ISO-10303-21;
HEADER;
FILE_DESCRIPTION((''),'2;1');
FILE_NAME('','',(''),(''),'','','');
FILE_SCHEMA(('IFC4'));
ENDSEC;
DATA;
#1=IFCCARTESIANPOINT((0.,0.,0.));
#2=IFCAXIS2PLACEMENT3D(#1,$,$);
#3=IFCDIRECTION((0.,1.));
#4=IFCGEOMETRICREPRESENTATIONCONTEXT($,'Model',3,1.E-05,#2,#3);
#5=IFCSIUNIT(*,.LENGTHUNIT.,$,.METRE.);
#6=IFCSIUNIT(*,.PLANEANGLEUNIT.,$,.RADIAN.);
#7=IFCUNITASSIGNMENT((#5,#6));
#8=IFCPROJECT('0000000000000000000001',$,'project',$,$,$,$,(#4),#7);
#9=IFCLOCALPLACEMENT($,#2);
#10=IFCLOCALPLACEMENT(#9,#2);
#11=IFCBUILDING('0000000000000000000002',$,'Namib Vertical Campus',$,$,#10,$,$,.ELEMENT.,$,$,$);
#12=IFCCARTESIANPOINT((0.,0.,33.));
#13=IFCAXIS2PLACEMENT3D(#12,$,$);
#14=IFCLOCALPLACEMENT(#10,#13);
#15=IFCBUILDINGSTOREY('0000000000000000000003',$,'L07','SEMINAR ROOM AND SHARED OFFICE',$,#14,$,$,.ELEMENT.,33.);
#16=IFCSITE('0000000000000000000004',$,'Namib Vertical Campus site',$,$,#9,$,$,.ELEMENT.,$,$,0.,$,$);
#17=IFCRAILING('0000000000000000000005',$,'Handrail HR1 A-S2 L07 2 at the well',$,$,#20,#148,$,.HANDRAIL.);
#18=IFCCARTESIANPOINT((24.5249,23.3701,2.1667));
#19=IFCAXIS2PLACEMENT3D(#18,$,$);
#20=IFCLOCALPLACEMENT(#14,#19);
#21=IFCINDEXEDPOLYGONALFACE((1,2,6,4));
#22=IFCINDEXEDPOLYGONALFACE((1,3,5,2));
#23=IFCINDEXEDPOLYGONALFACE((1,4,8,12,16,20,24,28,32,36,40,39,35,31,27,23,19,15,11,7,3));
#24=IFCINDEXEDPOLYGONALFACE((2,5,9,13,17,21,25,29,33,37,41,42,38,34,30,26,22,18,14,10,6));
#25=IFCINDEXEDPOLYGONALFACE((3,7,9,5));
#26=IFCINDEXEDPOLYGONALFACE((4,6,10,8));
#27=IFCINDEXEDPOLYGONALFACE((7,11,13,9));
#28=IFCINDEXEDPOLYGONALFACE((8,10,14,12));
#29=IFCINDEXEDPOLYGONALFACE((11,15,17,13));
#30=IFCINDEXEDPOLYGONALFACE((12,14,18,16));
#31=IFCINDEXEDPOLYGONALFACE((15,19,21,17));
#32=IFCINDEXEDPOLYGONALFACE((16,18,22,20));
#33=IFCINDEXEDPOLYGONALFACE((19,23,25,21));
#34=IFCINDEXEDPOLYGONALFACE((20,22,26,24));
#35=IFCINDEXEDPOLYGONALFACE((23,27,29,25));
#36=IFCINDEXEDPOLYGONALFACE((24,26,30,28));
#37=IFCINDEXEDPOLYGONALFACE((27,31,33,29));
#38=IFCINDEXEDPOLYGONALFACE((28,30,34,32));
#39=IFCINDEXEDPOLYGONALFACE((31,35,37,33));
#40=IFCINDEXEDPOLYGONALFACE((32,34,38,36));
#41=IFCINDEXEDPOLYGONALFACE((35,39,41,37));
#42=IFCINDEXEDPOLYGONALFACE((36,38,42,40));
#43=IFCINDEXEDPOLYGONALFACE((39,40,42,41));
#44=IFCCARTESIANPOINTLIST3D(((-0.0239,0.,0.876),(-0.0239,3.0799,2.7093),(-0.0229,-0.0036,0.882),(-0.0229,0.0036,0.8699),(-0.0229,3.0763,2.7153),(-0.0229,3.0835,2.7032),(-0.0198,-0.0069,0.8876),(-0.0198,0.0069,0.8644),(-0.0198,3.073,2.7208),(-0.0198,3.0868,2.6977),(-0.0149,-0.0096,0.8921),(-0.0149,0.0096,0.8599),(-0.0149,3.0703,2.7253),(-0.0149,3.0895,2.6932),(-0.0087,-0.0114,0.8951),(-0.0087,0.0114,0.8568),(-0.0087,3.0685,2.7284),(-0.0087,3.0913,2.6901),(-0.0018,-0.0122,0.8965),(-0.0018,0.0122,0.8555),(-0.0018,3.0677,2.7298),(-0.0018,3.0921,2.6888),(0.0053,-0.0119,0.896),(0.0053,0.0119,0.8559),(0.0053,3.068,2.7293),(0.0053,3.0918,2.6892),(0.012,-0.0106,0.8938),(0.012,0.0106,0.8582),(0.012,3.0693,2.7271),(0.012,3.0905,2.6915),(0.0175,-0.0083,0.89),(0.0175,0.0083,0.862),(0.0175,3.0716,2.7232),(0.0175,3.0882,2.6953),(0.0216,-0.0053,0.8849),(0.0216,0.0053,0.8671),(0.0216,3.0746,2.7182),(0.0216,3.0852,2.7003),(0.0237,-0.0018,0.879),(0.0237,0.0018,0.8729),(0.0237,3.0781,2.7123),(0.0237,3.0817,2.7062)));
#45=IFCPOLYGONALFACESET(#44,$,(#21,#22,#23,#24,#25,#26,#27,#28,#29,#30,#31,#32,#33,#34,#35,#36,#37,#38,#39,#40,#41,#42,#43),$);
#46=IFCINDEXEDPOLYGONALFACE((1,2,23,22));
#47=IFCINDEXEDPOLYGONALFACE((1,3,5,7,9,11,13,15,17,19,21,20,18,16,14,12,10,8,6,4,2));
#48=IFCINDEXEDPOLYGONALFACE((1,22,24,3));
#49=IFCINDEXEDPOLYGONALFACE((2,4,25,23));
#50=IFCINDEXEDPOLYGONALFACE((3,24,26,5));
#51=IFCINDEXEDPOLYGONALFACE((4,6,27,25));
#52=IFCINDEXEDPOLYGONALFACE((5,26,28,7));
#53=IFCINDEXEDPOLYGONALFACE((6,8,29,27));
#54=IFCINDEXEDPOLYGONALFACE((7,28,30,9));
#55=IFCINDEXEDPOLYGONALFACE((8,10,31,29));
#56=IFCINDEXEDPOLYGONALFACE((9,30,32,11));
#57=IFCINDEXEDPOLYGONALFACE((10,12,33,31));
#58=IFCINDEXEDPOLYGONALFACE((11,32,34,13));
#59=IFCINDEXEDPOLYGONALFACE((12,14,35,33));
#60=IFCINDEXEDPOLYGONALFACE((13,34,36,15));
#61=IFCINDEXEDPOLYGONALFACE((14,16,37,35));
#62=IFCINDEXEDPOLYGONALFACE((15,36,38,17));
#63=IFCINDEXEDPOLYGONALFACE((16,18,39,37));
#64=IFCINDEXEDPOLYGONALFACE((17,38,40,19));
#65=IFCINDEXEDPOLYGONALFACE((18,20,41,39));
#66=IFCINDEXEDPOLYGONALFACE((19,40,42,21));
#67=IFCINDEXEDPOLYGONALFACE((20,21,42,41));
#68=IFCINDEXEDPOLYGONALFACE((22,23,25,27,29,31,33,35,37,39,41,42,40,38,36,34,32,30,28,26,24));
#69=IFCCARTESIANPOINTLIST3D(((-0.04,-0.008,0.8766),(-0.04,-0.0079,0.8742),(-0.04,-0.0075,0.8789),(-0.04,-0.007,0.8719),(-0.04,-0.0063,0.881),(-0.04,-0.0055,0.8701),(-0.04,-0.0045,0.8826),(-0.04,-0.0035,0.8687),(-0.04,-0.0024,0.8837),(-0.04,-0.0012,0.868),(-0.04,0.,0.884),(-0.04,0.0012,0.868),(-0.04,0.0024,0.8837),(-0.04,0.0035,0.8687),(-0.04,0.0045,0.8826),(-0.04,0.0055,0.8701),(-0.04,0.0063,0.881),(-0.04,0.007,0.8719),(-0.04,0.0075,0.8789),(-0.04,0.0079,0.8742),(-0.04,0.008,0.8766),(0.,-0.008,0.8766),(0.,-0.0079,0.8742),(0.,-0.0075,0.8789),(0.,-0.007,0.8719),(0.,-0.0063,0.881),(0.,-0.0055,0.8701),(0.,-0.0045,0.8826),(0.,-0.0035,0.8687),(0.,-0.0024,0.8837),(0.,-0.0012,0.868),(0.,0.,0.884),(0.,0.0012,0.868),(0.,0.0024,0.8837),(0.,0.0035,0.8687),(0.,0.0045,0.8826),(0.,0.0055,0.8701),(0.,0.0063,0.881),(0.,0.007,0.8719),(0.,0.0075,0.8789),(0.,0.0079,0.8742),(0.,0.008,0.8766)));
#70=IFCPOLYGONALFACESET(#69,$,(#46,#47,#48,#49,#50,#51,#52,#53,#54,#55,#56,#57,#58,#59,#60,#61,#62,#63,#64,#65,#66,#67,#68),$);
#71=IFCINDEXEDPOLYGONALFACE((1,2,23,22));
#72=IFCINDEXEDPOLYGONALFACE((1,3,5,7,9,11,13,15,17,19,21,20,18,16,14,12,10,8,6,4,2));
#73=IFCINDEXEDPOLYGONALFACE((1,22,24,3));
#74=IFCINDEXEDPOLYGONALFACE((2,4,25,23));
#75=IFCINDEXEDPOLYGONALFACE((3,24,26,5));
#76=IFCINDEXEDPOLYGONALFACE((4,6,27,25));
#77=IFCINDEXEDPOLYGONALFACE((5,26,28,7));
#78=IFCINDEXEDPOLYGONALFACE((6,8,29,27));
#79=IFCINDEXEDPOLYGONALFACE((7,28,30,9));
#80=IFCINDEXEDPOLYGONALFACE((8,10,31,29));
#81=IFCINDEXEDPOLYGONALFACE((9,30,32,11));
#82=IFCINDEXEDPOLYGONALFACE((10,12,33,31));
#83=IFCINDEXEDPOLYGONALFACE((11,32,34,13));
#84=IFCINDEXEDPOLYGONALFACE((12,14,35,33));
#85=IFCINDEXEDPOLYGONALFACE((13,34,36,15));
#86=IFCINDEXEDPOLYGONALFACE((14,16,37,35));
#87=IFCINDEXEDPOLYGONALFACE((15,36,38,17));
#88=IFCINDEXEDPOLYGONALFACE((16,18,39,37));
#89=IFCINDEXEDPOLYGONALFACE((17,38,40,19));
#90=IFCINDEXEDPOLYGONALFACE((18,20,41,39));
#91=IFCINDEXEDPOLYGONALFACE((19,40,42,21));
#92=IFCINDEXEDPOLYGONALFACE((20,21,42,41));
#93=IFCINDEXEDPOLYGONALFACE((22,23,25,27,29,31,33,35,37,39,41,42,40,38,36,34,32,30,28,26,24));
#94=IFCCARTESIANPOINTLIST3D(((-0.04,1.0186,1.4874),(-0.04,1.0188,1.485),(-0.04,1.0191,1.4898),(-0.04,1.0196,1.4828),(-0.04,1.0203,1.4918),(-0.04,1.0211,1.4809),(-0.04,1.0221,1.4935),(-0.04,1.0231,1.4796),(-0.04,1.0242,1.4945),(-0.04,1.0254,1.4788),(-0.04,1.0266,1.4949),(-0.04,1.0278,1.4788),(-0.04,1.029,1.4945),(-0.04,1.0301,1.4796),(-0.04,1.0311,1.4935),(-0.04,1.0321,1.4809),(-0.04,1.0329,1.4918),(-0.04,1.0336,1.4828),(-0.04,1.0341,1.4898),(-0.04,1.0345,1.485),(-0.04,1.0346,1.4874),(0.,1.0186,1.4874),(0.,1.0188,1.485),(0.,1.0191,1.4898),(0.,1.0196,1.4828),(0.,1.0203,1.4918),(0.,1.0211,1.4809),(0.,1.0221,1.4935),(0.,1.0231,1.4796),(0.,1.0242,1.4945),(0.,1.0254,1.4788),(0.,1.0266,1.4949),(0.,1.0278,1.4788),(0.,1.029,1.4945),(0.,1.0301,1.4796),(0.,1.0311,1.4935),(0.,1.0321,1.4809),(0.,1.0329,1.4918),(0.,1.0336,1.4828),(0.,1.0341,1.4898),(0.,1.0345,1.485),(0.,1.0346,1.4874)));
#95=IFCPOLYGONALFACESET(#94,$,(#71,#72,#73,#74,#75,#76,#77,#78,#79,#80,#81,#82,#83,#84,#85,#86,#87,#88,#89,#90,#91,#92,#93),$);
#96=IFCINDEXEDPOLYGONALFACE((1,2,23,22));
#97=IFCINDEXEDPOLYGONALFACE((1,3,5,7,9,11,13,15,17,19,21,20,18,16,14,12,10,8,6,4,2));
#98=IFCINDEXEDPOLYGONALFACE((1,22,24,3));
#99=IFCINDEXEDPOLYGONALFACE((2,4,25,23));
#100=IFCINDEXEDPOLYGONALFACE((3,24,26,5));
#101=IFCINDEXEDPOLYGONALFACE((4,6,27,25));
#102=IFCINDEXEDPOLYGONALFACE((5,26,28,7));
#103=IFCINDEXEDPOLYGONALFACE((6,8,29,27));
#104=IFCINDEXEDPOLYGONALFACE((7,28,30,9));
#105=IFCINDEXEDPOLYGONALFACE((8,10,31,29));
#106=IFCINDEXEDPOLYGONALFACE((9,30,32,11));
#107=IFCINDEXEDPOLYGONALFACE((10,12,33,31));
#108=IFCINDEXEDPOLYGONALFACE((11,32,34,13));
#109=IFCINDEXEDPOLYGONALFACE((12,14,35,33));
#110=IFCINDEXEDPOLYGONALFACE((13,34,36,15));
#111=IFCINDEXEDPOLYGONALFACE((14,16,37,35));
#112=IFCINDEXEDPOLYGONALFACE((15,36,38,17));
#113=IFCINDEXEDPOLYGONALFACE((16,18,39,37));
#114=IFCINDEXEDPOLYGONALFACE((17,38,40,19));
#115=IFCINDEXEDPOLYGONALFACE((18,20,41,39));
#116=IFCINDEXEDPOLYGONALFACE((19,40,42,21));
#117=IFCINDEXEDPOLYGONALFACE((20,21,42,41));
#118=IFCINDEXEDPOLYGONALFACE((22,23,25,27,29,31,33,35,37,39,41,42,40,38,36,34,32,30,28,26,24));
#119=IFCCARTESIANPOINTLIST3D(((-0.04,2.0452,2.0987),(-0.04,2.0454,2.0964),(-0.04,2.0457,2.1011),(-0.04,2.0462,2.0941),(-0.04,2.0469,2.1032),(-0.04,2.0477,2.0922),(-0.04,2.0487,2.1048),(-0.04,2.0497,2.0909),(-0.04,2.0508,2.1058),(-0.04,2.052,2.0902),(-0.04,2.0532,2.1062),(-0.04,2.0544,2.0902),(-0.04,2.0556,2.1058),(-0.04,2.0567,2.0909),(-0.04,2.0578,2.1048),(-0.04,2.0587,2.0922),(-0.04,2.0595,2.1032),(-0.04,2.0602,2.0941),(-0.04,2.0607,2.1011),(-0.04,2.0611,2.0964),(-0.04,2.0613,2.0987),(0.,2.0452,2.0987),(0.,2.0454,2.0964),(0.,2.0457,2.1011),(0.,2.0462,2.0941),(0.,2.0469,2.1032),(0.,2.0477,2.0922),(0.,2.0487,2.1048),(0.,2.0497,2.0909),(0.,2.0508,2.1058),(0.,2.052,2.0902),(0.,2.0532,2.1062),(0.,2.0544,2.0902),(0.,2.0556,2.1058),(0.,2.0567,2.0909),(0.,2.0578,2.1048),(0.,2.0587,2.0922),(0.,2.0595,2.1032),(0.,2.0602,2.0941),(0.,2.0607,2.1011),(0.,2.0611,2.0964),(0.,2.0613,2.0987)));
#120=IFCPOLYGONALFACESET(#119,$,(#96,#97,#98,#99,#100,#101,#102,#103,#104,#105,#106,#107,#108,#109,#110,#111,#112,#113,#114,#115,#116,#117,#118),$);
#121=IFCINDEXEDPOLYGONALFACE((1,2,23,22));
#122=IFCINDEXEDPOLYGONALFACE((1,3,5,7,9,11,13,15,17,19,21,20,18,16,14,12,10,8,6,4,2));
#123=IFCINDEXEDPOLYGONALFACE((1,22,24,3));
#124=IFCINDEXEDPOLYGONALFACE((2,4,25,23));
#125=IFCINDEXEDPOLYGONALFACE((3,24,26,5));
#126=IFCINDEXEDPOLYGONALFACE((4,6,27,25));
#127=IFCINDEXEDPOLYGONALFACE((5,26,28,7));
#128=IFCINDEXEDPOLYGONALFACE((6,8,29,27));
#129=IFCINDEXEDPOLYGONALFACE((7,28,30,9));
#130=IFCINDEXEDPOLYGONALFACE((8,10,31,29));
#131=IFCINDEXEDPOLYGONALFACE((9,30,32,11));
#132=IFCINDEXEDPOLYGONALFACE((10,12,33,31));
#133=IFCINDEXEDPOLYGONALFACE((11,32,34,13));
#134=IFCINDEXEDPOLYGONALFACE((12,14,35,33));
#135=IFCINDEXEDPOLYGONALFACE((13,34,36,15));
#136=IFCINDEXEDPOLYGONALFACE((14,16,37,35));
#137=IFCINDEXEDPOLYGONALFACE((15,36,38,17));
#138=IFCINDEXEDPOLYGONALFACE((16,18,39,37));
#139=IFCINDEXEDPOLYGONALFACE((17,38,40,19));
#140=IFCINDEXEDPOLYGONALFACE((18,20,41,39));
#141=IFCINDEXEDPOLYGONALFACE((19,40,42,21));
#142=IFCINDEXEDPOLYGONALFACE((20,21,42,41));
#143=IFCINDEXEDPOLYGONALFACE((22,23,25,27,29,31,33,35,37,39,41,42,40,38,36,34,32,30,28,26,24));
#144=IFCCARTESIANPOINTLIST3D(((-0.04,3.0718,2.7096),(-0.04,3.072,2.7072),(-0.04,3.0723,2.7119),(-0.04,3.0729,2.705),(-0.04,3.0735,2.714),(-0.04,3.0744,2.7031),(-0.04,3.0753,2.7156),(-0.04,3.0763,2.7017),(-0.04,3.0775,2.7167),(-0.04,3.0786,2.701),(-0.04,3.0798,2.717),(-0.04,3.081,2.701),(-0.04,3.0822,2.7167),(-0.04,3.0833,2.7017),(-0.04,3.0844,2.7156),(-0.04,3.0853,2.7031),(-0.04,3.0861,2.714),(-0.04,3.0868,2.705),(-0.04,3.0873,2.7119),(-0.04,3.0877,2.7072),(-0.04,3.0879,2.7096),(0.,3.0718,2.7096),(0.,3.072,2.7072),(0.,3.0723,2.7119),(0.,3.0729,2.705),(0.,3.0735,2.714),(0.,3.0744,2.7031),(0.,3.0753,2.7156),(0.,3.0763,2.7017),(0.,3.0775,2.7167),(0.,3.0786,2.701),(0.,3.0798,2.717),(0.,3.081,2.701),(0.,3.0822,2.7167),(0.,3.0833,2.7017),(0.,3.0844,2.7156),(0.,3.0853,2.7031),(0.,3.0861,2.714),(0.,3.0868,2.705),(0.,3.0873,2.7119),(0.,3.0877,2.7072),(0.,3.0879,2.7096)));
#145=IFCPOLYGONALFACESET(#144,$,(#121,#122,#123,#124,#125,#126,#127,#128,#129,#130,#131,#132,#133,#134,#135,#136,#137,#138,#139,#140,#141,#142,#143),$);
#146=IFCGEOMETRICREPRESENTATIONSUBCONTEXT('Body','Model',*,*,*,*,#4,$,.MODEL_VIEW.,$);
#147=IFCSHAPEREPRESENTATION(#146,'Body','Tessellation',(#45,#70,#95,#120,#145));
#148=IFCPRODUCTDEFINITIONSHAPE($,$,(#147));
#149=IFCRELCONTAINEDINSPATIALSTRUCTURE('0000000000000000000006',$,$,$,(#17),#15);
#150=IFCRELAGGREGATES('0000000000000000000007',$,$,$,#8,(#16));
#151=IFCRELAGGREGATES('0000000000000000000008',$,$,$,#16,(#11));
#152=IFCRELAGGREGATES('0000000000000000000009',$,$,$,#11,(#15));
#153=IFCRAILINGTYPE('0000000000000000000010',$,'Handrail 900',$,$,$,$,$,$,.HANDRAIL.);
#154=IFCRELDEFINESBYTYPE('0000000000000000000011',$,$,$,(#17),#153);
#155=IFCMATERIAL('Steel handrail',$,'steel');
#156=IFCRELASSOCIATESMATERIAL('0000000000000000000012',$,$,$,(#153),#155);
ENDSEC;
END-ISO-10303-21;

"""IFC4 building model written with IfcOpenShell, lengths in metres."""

from ifc_helpers import new_model, si_unit, direction, frame, origin, origin_2d, place, context, subcontext, project, spatial, circle, extrude, material, type_object, element, save


model = new_model("IFC4")

# Units and contexts
model_context = context("Model", 3, precision=1e-05, world=origin(), true_north=direction((0.0, 1.0)))
body_context = subcontext(model_context, "Body", "Model", "MODEL_VIEW")
ifc_project = project(units=[si_unit("LENGTHUNIT", "METRE"), si_unit("PLANEANGLEUNIT", "RADIAN")], contexts=[model_context])

# Site, building, storey
site_placement = place(None, origin())
site = spatial("IfcSite", under=ifc_project, at=site_placement, Name="Namib Vertical Campus site", CompositionType="ELEMENT", RefElevation=0.0)
building_placement = place(site_placement, origin())
building = spatial("IfcBuilding", under=site, at=building_placement, Name="Namib Vertical Campus", CompositionType="ELEMENT")
storey_placement = place(building_placement, frame((0.0, 0.0, 33.0)))
storey = spatial("IfcBuildingStorey", under=building, at=storey_placement, Name="L07", Description="SEMINAR ROOM AND SHARED OFFICE", CompositionType="ELEMENT", Elevation=33.0)

# Railing
ifc_material_1 = material(Name="Steel handrail", Category="steel")
railing_type_1 = type_object("IfcRailingType", Name="Handrail 900", PredefinedType="HANDRAIL", material=ifc_material_1)
railing_1_placement = place(storey_placement, frame((24.5249, 23.3701, 2.1667)))
element("IfcRailing", 1, at=railing_1_placement, inside=storey, type_object=railing_type_1, Name="Handrail HR1 A-S2 L07 2 at the well", PredefinedType="HANDRAIL", context=body_context, shape_type="SweptSolid", body=[
    extrude(circle(Radius=0.0239, at=origin_2d()), frame((0.0, 0.0, 0.876), z_axis=(0.0, 0.859291, 0.511487), x_axis=(-1.0, 0.0, 0.0)), (0.0, 0.0, 1.0), 3.5842),
    extrude(circle(Radius=0.0081, at=origin_2d()), frame((0.0, 0.0, 0.876), z_axis=(-1.0, 0.0, 0.0), x_axis=(0.0, 0.0, 1.0)), (0.0, 0.0, 1.0), 0.04),
    extrude(circle(Radius=0.0081, at=origin_2d()), frame((0.0, 1.0266, 1.4868), z_axis=(-1.0, 0.0, 0.0), x_axis=(0.0, 0.0, 1.0)), (0.0, 0.0, 1.0), 0.04),
    extrude(circle(Radius=0.0081, at=origin_2d()), frame((0.0, 2.0532, 2.0981), z_axis=(-1.0, 0.0, 0.0), x_axis=(0.0, 0.0, 1.0)), (0.0, 0.0, 1.0), 0.04),
    extrude(circle(Radius=0.0081, at=origin_2d()), frame((0.0, 3.0798, 2.709), z_axis=(-1.0, 0.0, 0.0), x_axis=(0.0, 0.0, 1.0)), (0.0, 0.0, 1.0), 0.04),
])

save(model, "model.ifc")
